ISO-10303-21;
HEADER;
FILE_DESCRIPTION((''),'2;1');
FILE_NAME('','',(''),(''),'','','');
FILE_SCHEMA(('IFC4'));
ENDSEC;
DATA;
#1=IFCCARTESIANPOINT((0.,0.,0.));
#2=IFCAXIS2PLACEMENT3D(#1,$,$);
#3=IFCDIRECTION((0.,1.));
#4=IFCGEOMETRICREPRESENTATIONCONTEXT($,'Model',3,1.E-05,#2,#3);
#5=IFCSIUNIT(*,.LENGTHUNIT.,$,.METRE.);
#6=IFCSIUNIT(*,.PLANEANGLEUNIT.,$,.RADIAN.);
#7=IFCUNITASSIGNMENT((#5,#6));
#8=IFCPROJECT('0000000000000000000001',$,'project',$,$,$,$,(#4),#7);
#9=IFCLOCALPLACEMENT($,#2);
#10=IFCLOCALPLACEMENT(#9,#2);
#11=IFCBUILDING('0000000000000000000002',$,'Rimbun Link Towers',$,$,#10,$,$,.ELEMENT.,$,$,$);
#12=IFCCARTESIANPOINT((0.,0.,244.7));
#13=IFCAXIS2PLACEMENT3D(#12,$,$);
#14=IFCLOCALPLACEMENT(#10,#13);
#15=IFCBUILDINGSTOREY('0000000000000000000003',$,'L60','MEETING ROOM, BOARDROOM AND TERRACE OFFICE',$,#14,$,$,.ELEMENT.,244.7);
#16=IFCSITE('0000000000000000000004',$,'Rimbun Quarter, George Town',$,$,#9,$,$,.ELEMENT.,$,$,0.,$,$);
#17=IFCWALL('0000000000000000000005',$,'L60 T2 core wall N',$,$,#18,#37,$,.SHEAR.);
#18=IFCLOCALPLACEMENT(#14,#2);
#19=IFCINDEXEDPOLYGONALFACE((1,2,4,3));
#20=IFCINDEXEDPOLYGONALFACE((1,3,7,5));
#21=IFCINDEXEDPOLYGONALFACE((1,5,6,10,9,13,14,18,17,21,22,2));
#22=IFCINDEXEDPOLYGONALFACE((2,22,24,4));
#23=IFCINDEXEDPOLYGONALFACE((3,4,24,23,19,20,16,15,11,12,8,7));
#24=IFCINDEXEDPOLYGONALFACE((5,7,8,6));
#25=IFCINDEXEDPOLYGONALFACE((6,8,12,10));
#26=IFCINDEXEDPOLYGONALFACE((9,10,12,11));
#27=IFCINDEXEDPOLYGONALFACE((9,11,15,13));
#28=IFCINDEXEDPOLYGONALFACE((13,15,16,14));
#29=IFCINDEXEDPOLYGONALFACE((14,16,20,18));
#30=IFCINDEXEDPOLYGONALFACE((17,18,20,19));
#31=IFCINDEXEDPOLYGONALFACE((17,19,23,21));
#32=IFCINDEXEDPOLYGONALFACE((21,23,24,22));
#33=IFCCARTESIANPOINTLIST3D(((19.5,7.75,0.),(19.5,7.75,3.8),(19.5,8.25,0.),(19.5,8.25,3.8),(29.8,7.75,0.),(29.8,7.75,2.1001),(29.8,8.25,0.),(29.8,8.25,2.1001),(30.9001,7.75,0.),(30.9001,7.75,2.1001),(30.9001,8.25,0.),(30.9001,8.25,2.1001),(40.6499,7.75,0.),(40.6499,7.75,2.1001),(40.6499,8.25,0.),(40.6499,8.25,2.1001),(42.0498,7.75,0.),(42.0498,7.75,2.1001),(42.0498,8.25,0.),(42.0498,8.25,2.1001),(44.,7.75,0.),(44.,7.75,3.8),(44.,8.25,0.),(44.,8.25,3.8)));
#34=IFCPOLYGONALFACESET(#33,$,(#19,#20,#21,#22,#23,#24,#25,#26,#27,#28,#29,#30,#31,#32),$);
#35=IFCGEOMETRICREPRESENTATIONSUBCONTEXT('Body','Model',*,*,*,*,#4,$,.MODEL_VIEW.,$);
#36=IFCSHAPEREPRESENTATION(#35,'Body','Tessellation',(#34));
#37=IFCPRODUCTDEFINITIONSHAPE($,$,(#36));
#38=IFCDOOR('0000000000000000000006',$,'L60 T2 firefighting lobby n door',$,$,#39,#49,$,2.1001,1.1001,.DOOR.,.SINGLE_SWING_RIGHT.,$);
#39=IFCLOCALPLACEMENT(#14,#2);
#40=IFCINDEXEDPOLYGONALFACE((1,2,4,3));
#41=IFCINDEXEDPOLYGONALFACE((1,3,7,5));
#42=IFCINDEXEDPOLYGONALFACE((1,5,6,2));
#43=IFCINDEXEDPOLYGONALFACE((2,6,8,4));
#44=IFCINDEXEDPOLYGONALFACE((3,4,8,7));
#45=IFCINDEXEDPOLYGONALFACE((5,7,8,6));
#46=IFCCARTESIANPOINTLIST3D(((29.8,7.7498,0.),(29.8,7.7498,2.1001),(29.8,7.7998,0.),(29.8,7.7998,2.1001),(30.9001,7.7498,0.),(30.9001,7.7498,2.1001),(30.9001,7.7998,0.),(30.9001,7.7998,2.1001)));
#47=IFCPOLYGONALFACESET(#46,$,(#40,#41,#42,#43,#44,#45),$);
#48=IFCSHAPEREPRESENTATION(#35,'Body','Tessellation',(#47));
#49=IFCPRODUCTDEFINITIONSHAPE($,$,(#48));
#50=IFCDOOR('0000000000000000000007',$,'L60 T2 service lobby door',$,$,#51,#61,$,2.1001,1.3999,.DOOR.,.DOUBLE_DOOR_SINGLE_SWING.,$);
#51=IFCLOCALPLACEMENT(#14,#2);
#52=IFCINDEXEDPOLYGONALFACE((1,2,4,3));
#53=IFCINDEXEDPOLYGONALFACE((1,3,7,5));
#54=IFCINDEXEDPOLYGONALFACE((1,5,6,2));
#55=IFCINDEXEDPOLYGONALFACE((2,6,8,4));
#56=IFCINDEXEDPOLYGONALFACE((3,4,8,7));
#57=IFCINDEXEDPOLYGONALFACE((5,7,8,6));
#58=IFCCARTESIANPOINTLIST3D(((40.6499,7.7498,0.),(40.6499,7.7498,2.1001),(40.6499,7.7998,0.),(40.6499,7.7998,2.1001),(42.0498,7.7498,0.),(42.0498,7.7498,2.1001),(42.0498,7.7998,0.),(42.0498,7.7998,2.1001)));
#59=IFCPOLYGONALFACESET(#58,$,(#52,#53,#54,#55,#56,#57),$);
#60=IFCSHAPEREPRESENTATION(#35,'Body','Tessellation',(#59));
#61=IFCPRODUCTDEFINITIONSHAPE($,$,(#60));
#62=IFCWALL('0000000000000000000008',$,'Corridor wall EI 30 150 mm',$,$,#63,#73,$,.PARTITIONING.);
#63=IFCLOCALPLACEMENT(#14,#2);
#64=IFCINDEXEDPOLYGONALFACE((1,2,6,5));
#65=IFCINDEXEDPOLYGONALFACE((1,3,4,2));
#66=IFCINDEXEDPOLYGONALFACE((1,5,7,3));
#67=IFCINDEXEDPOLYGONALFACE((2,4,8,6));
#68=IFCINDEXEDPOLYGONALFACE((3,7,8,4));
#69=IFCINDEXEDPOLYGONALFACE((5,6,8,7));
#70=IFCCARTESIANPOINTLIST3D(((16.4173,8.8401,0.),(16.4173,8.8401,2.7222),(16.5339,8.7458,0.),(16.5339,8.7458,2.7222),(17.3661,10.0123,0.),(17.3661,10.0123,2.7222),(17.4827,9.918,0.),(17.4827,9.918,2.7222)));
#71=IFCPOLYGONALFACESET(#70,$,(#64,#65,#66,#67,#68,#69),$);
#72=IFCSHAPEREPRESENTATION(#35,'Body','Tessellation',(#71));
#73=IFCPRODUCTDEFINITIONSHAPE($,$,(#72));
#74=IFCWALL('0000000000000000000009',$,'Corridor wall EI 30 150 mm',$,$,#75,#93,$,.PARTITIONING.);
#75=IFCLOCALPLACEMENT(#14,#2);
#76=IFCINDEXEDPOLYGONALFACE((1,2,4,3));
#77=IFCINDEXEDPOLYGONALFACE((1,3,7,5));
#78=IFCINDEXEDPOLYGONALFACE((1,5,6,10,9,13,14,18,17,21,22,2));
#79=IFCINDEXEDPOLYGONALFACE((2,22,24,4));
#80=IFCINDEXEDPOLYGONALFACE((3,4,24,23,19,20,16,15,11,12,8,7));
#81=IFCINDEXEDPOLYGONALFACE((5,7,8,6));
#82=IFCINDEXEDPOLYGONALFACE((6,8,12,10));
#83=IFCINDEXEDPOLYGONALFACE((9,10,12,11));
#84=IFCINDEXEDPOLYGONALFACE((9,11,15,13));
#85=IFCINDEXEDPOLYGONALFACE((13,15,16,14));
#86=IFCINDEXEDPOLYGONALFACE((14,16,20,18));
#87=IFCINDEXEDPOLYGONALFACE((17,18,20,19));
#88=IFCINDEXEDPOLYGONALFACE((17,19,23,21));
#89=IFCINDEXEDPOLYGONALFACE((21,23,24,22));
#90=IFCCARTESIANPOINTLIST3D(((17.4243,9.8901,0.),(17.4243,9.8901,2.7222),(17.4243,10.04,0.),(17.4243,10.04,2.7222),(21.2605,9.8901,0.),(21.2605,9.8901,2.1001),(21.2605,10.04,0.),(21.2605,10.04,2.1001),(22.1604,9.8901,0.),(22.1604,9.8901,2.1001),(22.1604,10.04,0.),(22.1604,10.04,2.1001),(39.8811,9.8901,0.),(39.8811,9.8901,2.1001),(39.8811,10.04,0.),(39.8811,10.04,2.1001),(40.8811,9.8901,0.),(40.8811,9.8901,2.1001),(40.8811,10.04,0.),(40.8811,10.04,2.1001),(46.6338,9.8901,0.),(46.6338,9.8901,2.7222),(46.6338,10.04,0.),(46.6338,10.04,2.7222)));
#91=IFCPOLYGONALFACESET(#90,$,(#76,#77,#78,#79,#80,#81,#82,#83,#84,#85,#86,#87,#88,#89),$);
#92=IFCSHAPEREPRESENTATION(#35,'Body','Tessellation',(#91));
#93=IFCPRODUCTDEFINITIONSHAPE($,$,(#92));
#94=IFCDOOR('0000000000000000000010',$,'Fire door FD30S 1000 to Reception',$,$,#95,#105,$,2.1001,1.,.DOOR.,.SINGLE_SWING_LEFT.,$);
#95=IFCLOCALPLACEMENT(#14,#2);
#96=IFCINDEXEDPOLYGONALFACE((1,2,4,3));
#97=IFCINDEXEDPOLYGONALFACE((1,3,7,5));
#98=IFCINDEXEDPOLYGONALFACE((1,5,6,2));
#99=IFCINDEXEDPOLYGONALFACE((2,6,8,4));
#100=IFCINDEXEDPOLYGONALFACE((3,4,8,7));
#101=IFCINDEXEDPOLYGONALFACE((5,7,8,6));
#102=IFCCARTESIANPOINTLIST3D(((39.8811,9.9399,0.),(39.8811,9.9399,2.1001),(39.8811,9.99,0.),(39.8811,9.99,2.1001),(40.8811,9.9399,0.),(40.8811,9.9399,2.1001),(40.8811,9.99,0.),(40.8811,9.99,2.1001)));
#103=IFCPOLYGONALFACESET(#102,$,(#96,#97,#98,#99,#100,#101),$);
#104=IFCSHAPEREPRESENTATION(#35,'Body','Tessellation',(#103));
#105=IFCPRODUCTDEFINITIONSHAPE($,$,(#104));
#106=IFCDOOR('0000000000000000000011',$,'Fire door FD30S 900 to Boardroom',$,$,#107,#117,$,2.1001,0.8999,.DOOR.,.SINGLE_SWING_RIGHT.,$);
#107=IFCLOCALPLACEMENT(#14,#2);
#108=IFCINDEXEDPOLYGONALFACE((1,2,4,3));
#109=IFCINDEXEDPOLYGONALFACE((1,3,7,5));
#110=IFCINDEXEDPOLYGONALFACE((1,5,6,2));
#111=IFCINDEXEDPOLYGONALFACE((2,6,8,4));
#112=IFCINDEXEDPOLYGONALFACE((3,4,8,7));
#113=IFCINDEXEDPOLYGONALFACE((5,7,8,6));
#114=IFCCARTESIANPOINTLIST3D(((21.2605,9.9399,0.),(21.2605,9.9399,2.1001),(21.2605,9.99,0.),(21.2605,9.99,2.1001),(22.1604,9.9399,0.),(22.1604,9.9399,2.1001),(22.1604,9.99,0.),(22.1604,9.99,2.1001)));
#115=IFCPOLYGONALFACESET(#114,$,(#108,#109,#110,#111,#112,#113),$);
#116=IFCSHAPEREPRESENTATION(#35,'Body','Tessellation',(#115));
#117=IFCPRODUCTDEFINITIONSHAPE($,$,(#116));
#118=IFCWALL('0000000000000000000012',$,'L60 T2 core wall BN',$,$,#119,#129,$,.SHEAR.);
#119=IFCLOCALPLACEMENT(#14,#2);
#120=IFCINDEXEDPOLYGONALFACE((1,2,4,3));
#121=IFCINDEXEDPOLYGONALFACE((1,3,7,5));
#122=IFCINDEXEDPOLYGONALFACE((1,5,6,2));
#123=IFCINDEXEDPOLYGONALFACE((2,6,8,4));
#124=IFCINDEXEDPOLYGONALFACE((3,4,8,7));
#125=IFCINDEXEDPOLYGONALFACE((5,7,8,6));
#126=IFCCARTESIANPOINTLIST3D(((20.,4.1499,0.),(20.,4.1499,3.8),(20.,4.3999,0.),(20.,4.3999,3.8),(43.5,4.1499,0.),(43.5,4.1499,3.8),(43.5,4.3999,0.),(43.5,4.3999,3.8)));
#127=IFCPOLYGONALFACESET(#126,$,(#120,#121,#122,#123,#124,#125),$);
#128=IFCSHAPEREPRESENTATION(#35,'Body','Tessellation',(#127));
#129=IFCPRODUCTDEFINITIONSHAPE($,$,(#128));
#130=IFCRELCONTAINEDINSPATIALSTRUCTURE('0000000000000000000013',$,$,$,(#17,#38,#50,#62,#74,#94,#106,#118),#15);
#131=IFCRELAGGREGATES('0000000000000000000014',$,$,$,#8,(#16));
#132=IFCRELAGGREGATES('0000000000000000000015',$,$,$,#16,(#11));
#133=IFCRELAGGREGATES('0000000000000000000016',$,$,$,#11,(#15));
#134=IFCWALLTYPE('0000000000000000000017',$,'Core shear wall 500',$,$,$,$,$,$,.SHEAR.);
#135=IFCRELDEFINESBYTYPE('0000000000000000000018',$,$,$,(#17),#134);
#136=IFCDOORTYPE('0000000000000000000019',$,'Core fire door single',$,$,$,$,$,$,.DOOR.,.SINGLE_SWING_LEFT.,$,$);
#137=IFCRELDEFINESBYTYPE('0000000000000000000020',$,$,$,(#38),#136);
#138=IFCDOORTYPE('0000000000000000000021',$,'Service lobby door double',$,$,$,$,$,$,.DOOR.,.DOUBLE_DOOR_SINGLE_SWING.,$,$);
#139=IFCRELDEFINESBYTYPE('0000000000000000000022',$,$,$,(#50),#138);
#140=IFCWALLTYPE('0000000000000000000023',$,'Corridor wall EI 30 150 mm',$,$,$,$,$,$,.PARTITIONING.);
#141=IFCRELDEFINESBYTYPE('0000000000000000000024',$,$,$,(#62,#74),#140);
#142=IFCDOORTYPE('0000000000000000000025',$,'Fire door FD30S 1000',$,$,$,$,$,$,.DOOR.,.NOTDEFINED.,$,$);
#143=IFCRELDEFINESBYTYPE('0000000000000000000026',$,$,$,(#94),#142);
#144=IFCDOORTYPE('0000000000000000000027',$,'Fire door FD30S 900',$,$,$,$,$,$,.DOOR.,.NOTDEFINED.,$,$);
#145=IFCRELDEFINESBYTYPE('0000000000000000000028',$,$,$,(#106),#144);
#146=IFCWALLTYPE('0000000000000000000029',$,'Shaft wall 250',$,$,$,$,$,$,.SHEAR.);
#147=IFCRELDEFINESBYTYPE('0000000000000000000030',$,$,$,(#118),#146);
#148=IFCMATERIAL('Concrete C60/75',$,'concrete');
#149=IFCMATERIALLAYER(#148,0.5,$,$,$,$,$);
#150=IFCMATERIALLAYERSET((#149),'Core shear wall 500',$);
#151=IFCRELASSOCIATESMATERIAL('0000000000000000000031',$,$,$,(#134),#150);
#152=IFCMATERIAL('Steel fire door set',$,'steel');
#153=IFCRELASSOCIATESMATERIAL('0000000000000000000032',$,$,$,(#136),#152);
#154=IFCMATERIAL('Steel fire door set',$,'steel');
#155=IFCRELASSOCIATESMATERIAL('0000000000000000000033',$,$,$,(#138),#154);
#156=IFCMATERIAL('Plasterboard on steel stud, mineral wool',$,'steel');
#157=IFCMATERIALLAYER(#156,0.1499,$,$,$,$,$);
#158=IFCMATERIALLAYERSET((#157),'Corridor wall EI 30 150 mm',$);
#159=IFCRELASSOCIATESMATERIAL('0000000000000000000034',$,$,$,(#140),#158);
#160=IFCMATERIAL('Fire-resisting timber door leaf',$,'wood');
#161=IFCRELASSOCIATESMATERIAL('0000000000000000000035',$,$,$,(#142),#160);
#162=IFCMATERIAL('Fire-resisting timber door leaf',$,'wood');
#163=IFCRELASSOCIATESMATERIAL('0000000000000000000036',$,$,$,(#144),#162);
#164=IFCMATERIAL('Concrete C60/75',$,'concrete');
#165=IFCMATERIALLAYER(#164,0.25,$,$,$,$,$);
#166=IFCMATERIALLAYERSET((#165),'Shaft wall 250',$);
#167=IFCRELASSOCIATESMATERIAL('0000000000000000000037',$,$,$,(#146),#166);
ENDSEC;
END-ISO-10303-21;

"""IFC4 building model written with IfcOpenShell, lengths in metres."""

from ifc_helpers import new_model, si_unit, direction, frame, frame_2d, origin, place, context, subcontext, project, spatial, rectangle, extrude, material, layer, layer_set, type_object, element, fill, save


model = new_model("IFC4")

# Units and contexts
model_context = context("Model", 3, precision=1e-05, world=origin(), true_north=direction((0.0, 1.0)))
body_context = subcontext(model_context, "Body", "Model", "MODEL_VIEW")
ifc_project = project(units=[si_unit("LENGTHUNIT", "METRE"), si_unit("PLANEANGLEUNIT", "RADIAN")], contexts=[model_context])

# Site, building, storey
site_placement = place(None, origin())
site = spatial("IfcSite", under=ifc_project, at=site_placement, Name="Rimbun Quarter, George Town", CompositionType="ELEMENT", RefElevation=0.0)
building_placement = place(site_placement, origin())
building = spatial("IfcBuilding", under=site, at=building_placement, Name="Rimbun Link Towers", CompositionType="ELEMENT")
storey_placement = place(building_placement, frame((0.0, 0.0, 244.7)))
storey = spatial("IfcBuildingStorey", under=building, at=storey_placement, Name="L60", Description="MEETING ROOM, BOARDROOM AND TERRACE OFFICE", CompositionType="ELEMENT", Elevation=244.7)

# Wall, openings, doors
ifc_material_1 = material(Name="Concrete C60/75", Category="concrete")
ifc_layer_1 = layer(ifc_material_1, 0.5)
ifc_layer_set_1 = layer_set([ifc_layer_1], Name="Core shear wall 500")
wall_type_1 = type_object("IfcWallType", Name="Core shear wall 500", PredefinedType="SHEAR", material=ifc_layer_set_1)
wall_1_placement = place(storey_placement, frame((19.5, 8.0, 0.0), z_axis=(0.0, 0.0, 1.0), x_axis=(1.0, 0.0, 0.0)))
wall_1 = element("IfcWall", 1, at=wall_1_placement, inside=storey, type_object=wall_type_1, Name="L60 T2 core wall N", PredefinedType="SHEAR", context=body_context, shape_type="SweptSolid", body=[
    extrude(rectangle(XDim=24.5, YDim=0.5, at=frame_2d((12.25, 0.0))), origin(), (0.0, 0.0, 1.0), 3.8),
])
opening_1_placement = place(wall_1_placement, frame((10.3, 0.0, 0.0)))
opening_1 = element("IfcOpeningElement", 2, at=opening_1_placement, cuts=wall_1, PredefinedType="OPENING", context=body_context, shape_type="SweptSolid", body=[
    extrude(rectangle(XDim=1.1001, YDim=2.1001, at=frame_2d((0.55, 1.05))), frame((0.0, 0.26, 0.0), z_axis=(0.0, -1.0, 0.0), x_axis=(1.0, 0.0, 0.0)), (0.0, 0.0, 1.0), 0.52),
])
opening_2_placement = place(wall_1_placement, frame((21.1499, 0.0, 0.0)))
opening_2 = element("IfcOpeningElement", 3, at=opening_2_placement, cuts=wall_1, PredefinedType="OPENING", context=body_context, shape_type="SweptSolid", body=[
    extrude(rectangle(XDim=1.3999, YDim=2.1001, at=frame_2d((0.7, 1.05))), frame((0.0, 0.26, 0.0), z_axis=(0.0, -1.0, 0.0), x_axis=(1.0, 0.0, 0.0)), (0.0, 0.0, 1.0), 0.52),
])
ifc_material_2 = material(Name="Steel fire door set", Category="steel")
door_type_1 = type_object("IfcDoorType", Name="Core fire door single", OperationType="SINGLE_SWING_LEFT", PredefinedType="DOOR", material=ifc_material_2)
door_1_placement = place(opening_1_placement, origin())
door_1 = element("IfcDoor", 4, at=door_1_placement, inside=storey, type_object=door_type_1, Name="L60 T2 firefighting lobby n door", OperationType="SINGLE_SWING_RIGHT", OverallHeight=2.1001, OverallWidth=1.1001, PredefinedType="DOOR", context=body_context, shape_type="SweptSolid", body=[
    extrude(rectangle(XDim=1.1001, YDim=2.1001, at=frame_2d((0.55, 1.05))), frame((0.0, -0.2002, 0.0), z_axis=(0.0, -1.0, 0.0), x_axis=(1.0, 0.0, 0.0)), (0.0, 0.0, 1.0), 0.05),
])
fill(opening_1, door_1)
ifc_material_3 = material(Name="Steel fire door set", Category="steel")
door_type_2 = type_object("IfcDoorType", Name="Service lobby door double", OperationType="DOUBLE_DOOR_SINGLE_SWING", PredefinedType="DOOR", material=ifc_material_3)
door_2_placement = place(opening_2_placement, origin())
door_2 = element("IfcDoor", 5, at=door_2_placement, inside=storey, type_object=door_type_2, Name="L60 T2 service lobby door", OperationType="DOUBLE_DOOR_SINGLE_SWING", OverallHeight=2.1001, OverallWidth=1.3999, PredefinedType="DOOR", context=body_context, shape_type="SweptSolid", body=[
    extrude(rectangle(XDim=1.3999, YDim=2.1001, at=frame_2d((0.7, 1.05))), frame((0.0, -0.2002, 0.0), z_axis=(0.0, -1.0, 0.0), x_axis=(1.0, 0.0, 0.0)), (0.0, 0.0, 1.0), 0.05),
])
fill(opening_2, door_2)

# Wall
ifc_material_4 = material(Name="Plasterboard on steel stud, mineral wool", Category="steel")
ifc_layer_2 = layer(ifc_material_4, 0.1499)
ifc_layer_set_2 = layer_set([ifc_layer_2], Name="Corridor wall EI 30 150 mm")
wall_type_2 = type_object("IfcWallType", Name="Corridor wall EI 30 150 mm", PredefinedType="PARTITIONING", material=ifc_layer_set_2)
wall_2_placement = place(storey_placement, frame((17.4243, 9.9651, 0.0), z_axis=(0.0, 0.0, 1.0), x_axis=(-0.629147, -0.777286, 0.0)))
element("IfcWall", 6, at=wall_2_placement, inside=storey, type_object=wall_type_2, Name="Corridor wall EI 30 150 mm", PredefinedType="PARTITIONING", context=body_context, shape_type="SweptSolid", body=[
    extrude(rectangle(XDim=1.5081, YDim=0.1499, at=frame_2d((0.7539, 0.0))), origin(), (0.0, 0.0, 1.0), 2.7222),
])

# Wall, openings, doors
wall_3_placement = place(storey_placement, frame((17.4243, 9.9651, 0.0), z_axis=(0.0, 0.0, 1.0), x_axis=(1.0, 0.0, 0.0)))
wall_3 = element("IfcWall", 7, at=wall_3_placement, inside=storey, type_object=wall_type_2, Name="Corridor wall EI 30 150 mm", PredefinedType="PARTITIONING", context=body_context, shape_type="SweptSolid", body=[
    extrude(rectangle(XDim=29.2095, YDim=0.1499, at=frame_2d((14.6047, 0.0))), origin(), (0.0, 0.0, 1.0), 2.7222),
])
opening_3_placement = place(wall_3_placement, frame((22.4568, 0.0, 0.0)))
opening_3 = element("IfcOpeningElement", 8, at=opening_3_placement, cuts=wall_3, PredefinedType="OPENING", context=body_context, shape_type="SweptSolid", body=[
    extrude(rectangle(XDim=1.0, YDim=2.1001, at=frame_2d((0.5, 1.05))), frame((0.0, 0.085, 0.0), z_axis=(0.0, -1.0, 0.0), x_axis=(1.0, 0.0, 0.0)), (0.0, 0.0, 1.0), 0.1699),
])
opening_4_placement = place(wall_3_placement, frame((3.8362, 0.0, 0.0)))
opening_4 = element("IfcOpeningElement", 9, at=opening_4_placement, cuts=wall_3, PredefinedType="OPENING", context=body_context, shape_type="SweptSolid", body=[
    extrude(rectangle(XDim=0.8999, YDim=2.1001, at=frame_2d((0.45, 1.05))), frame((0.0, 0.085, 0.0), z_axis=(0.0, -1.0, 0.0), x_axis=(1.0, 0.0, 0.0)), (0.0, 0.0, 1.0), 0.1699),
])
ifc_material_5 = material(Name="Fire-resisting timber door leaf", Category="wood")
door_type_3 = type_object("IfcDoorType", Name="Fire door FD30S 1000", OperationType="NOTDEFINED", PredefinedType="DOOR", material=ifc_material_5)
door_3_placement = place(opening_3_placement, origin())
door_3 = element("IfcDoor", 10, at=door_3_placement, inside=storey, type_object=door_type_3, Name="Fire door FD30S 1000 to Reception", OperationType="SINGLE_SWING_LEFT", OverallHeight=2.1001, OverallWidth=1.0, PredefinedType="DOOR", context=body_context, shape_type="SweptSolid", body=[
    extrude(rectangle(XDim=1.0, YDim=2.1001, at=frame_2d((0.5, 1.05))), frame((0.0, 0.0249, 0.0), z_axis=(0.0, -1.0, 0.0), x_axis=(1.0, 0.0, 0.0)), (0.0, 0.0, 1.0), 0.05),
])
fill(opening_3, door_3)
ifc_material_6 = material(Name="Fire-resisting timber door leaf", Category="wood")
door_type_4 = type_object("IfcDoorType", Name="Fire door FD30S 900", OperationType="NOTDEFINED", PredefinedType="DOOR", material=ifc_material_6)
door_4_placement = place(opening_4_placement, origin())
door_4 = element("IfcDoor", 11, at=door_4_placement, inside=storey, type_object=door_type_4, Name="Fire door FD30S 900 to Boardroom", OperationType="SINGLE_SWING_RIGHT", OverallHeight=2.1001, OverallWidth=0.8999, PredefinedType="DOOR", context=body_context, shape_type="SweptSolid", body=[
    extrude(rectangle(XDim=0.8999, YDim=2.1001, at=frame_2d((0.45, 1.05))), frame((0.0, 0.0249, 0.0), z_axis=(0.0, -1.0, 0.0), x_axis=(1.0, 0.0, 0.0)), (0.0, 0.0, 1.0), 0.05),
])
fill(opening_4, door_4)

# Wall
ifc_material_7 = material(Name="Concrete C60/75", Category="concrete")
ifc_layer_3 = layer(ifc_material_7, 0.25)
ifc_layer_set_3 = layer_set([ifc_layer_3], Name="Shaft wall 250")
wall_type_3 = type_object("IfcWallType", Name="Shaft wall 250", PredefinedType="SHEAR", material=ifc_layer_set_3)
wall_4_placement = place(storey_placement, frame((20.0, 4.2749, 0.0), z_axis=(0.0, 0.0, 1.0), x_axis=(1.0, 0.0, 0.0)))
element("IfcWall", 12, at=wall_4_placement, inside=storey, type_object=wall_type_3, Name="L60 T2 core wall BN", PredefinedType="SHEAR", context=body_context, shape_type="SweptSolid", body=[
    extrude(rectangle(XDim=23.5, YDim=0.25, at=frame_2d((11.75, 0.0))), origin(), (0.0, 0.0, 1.0), 3.8),
])

save(model, "model.ifc")
